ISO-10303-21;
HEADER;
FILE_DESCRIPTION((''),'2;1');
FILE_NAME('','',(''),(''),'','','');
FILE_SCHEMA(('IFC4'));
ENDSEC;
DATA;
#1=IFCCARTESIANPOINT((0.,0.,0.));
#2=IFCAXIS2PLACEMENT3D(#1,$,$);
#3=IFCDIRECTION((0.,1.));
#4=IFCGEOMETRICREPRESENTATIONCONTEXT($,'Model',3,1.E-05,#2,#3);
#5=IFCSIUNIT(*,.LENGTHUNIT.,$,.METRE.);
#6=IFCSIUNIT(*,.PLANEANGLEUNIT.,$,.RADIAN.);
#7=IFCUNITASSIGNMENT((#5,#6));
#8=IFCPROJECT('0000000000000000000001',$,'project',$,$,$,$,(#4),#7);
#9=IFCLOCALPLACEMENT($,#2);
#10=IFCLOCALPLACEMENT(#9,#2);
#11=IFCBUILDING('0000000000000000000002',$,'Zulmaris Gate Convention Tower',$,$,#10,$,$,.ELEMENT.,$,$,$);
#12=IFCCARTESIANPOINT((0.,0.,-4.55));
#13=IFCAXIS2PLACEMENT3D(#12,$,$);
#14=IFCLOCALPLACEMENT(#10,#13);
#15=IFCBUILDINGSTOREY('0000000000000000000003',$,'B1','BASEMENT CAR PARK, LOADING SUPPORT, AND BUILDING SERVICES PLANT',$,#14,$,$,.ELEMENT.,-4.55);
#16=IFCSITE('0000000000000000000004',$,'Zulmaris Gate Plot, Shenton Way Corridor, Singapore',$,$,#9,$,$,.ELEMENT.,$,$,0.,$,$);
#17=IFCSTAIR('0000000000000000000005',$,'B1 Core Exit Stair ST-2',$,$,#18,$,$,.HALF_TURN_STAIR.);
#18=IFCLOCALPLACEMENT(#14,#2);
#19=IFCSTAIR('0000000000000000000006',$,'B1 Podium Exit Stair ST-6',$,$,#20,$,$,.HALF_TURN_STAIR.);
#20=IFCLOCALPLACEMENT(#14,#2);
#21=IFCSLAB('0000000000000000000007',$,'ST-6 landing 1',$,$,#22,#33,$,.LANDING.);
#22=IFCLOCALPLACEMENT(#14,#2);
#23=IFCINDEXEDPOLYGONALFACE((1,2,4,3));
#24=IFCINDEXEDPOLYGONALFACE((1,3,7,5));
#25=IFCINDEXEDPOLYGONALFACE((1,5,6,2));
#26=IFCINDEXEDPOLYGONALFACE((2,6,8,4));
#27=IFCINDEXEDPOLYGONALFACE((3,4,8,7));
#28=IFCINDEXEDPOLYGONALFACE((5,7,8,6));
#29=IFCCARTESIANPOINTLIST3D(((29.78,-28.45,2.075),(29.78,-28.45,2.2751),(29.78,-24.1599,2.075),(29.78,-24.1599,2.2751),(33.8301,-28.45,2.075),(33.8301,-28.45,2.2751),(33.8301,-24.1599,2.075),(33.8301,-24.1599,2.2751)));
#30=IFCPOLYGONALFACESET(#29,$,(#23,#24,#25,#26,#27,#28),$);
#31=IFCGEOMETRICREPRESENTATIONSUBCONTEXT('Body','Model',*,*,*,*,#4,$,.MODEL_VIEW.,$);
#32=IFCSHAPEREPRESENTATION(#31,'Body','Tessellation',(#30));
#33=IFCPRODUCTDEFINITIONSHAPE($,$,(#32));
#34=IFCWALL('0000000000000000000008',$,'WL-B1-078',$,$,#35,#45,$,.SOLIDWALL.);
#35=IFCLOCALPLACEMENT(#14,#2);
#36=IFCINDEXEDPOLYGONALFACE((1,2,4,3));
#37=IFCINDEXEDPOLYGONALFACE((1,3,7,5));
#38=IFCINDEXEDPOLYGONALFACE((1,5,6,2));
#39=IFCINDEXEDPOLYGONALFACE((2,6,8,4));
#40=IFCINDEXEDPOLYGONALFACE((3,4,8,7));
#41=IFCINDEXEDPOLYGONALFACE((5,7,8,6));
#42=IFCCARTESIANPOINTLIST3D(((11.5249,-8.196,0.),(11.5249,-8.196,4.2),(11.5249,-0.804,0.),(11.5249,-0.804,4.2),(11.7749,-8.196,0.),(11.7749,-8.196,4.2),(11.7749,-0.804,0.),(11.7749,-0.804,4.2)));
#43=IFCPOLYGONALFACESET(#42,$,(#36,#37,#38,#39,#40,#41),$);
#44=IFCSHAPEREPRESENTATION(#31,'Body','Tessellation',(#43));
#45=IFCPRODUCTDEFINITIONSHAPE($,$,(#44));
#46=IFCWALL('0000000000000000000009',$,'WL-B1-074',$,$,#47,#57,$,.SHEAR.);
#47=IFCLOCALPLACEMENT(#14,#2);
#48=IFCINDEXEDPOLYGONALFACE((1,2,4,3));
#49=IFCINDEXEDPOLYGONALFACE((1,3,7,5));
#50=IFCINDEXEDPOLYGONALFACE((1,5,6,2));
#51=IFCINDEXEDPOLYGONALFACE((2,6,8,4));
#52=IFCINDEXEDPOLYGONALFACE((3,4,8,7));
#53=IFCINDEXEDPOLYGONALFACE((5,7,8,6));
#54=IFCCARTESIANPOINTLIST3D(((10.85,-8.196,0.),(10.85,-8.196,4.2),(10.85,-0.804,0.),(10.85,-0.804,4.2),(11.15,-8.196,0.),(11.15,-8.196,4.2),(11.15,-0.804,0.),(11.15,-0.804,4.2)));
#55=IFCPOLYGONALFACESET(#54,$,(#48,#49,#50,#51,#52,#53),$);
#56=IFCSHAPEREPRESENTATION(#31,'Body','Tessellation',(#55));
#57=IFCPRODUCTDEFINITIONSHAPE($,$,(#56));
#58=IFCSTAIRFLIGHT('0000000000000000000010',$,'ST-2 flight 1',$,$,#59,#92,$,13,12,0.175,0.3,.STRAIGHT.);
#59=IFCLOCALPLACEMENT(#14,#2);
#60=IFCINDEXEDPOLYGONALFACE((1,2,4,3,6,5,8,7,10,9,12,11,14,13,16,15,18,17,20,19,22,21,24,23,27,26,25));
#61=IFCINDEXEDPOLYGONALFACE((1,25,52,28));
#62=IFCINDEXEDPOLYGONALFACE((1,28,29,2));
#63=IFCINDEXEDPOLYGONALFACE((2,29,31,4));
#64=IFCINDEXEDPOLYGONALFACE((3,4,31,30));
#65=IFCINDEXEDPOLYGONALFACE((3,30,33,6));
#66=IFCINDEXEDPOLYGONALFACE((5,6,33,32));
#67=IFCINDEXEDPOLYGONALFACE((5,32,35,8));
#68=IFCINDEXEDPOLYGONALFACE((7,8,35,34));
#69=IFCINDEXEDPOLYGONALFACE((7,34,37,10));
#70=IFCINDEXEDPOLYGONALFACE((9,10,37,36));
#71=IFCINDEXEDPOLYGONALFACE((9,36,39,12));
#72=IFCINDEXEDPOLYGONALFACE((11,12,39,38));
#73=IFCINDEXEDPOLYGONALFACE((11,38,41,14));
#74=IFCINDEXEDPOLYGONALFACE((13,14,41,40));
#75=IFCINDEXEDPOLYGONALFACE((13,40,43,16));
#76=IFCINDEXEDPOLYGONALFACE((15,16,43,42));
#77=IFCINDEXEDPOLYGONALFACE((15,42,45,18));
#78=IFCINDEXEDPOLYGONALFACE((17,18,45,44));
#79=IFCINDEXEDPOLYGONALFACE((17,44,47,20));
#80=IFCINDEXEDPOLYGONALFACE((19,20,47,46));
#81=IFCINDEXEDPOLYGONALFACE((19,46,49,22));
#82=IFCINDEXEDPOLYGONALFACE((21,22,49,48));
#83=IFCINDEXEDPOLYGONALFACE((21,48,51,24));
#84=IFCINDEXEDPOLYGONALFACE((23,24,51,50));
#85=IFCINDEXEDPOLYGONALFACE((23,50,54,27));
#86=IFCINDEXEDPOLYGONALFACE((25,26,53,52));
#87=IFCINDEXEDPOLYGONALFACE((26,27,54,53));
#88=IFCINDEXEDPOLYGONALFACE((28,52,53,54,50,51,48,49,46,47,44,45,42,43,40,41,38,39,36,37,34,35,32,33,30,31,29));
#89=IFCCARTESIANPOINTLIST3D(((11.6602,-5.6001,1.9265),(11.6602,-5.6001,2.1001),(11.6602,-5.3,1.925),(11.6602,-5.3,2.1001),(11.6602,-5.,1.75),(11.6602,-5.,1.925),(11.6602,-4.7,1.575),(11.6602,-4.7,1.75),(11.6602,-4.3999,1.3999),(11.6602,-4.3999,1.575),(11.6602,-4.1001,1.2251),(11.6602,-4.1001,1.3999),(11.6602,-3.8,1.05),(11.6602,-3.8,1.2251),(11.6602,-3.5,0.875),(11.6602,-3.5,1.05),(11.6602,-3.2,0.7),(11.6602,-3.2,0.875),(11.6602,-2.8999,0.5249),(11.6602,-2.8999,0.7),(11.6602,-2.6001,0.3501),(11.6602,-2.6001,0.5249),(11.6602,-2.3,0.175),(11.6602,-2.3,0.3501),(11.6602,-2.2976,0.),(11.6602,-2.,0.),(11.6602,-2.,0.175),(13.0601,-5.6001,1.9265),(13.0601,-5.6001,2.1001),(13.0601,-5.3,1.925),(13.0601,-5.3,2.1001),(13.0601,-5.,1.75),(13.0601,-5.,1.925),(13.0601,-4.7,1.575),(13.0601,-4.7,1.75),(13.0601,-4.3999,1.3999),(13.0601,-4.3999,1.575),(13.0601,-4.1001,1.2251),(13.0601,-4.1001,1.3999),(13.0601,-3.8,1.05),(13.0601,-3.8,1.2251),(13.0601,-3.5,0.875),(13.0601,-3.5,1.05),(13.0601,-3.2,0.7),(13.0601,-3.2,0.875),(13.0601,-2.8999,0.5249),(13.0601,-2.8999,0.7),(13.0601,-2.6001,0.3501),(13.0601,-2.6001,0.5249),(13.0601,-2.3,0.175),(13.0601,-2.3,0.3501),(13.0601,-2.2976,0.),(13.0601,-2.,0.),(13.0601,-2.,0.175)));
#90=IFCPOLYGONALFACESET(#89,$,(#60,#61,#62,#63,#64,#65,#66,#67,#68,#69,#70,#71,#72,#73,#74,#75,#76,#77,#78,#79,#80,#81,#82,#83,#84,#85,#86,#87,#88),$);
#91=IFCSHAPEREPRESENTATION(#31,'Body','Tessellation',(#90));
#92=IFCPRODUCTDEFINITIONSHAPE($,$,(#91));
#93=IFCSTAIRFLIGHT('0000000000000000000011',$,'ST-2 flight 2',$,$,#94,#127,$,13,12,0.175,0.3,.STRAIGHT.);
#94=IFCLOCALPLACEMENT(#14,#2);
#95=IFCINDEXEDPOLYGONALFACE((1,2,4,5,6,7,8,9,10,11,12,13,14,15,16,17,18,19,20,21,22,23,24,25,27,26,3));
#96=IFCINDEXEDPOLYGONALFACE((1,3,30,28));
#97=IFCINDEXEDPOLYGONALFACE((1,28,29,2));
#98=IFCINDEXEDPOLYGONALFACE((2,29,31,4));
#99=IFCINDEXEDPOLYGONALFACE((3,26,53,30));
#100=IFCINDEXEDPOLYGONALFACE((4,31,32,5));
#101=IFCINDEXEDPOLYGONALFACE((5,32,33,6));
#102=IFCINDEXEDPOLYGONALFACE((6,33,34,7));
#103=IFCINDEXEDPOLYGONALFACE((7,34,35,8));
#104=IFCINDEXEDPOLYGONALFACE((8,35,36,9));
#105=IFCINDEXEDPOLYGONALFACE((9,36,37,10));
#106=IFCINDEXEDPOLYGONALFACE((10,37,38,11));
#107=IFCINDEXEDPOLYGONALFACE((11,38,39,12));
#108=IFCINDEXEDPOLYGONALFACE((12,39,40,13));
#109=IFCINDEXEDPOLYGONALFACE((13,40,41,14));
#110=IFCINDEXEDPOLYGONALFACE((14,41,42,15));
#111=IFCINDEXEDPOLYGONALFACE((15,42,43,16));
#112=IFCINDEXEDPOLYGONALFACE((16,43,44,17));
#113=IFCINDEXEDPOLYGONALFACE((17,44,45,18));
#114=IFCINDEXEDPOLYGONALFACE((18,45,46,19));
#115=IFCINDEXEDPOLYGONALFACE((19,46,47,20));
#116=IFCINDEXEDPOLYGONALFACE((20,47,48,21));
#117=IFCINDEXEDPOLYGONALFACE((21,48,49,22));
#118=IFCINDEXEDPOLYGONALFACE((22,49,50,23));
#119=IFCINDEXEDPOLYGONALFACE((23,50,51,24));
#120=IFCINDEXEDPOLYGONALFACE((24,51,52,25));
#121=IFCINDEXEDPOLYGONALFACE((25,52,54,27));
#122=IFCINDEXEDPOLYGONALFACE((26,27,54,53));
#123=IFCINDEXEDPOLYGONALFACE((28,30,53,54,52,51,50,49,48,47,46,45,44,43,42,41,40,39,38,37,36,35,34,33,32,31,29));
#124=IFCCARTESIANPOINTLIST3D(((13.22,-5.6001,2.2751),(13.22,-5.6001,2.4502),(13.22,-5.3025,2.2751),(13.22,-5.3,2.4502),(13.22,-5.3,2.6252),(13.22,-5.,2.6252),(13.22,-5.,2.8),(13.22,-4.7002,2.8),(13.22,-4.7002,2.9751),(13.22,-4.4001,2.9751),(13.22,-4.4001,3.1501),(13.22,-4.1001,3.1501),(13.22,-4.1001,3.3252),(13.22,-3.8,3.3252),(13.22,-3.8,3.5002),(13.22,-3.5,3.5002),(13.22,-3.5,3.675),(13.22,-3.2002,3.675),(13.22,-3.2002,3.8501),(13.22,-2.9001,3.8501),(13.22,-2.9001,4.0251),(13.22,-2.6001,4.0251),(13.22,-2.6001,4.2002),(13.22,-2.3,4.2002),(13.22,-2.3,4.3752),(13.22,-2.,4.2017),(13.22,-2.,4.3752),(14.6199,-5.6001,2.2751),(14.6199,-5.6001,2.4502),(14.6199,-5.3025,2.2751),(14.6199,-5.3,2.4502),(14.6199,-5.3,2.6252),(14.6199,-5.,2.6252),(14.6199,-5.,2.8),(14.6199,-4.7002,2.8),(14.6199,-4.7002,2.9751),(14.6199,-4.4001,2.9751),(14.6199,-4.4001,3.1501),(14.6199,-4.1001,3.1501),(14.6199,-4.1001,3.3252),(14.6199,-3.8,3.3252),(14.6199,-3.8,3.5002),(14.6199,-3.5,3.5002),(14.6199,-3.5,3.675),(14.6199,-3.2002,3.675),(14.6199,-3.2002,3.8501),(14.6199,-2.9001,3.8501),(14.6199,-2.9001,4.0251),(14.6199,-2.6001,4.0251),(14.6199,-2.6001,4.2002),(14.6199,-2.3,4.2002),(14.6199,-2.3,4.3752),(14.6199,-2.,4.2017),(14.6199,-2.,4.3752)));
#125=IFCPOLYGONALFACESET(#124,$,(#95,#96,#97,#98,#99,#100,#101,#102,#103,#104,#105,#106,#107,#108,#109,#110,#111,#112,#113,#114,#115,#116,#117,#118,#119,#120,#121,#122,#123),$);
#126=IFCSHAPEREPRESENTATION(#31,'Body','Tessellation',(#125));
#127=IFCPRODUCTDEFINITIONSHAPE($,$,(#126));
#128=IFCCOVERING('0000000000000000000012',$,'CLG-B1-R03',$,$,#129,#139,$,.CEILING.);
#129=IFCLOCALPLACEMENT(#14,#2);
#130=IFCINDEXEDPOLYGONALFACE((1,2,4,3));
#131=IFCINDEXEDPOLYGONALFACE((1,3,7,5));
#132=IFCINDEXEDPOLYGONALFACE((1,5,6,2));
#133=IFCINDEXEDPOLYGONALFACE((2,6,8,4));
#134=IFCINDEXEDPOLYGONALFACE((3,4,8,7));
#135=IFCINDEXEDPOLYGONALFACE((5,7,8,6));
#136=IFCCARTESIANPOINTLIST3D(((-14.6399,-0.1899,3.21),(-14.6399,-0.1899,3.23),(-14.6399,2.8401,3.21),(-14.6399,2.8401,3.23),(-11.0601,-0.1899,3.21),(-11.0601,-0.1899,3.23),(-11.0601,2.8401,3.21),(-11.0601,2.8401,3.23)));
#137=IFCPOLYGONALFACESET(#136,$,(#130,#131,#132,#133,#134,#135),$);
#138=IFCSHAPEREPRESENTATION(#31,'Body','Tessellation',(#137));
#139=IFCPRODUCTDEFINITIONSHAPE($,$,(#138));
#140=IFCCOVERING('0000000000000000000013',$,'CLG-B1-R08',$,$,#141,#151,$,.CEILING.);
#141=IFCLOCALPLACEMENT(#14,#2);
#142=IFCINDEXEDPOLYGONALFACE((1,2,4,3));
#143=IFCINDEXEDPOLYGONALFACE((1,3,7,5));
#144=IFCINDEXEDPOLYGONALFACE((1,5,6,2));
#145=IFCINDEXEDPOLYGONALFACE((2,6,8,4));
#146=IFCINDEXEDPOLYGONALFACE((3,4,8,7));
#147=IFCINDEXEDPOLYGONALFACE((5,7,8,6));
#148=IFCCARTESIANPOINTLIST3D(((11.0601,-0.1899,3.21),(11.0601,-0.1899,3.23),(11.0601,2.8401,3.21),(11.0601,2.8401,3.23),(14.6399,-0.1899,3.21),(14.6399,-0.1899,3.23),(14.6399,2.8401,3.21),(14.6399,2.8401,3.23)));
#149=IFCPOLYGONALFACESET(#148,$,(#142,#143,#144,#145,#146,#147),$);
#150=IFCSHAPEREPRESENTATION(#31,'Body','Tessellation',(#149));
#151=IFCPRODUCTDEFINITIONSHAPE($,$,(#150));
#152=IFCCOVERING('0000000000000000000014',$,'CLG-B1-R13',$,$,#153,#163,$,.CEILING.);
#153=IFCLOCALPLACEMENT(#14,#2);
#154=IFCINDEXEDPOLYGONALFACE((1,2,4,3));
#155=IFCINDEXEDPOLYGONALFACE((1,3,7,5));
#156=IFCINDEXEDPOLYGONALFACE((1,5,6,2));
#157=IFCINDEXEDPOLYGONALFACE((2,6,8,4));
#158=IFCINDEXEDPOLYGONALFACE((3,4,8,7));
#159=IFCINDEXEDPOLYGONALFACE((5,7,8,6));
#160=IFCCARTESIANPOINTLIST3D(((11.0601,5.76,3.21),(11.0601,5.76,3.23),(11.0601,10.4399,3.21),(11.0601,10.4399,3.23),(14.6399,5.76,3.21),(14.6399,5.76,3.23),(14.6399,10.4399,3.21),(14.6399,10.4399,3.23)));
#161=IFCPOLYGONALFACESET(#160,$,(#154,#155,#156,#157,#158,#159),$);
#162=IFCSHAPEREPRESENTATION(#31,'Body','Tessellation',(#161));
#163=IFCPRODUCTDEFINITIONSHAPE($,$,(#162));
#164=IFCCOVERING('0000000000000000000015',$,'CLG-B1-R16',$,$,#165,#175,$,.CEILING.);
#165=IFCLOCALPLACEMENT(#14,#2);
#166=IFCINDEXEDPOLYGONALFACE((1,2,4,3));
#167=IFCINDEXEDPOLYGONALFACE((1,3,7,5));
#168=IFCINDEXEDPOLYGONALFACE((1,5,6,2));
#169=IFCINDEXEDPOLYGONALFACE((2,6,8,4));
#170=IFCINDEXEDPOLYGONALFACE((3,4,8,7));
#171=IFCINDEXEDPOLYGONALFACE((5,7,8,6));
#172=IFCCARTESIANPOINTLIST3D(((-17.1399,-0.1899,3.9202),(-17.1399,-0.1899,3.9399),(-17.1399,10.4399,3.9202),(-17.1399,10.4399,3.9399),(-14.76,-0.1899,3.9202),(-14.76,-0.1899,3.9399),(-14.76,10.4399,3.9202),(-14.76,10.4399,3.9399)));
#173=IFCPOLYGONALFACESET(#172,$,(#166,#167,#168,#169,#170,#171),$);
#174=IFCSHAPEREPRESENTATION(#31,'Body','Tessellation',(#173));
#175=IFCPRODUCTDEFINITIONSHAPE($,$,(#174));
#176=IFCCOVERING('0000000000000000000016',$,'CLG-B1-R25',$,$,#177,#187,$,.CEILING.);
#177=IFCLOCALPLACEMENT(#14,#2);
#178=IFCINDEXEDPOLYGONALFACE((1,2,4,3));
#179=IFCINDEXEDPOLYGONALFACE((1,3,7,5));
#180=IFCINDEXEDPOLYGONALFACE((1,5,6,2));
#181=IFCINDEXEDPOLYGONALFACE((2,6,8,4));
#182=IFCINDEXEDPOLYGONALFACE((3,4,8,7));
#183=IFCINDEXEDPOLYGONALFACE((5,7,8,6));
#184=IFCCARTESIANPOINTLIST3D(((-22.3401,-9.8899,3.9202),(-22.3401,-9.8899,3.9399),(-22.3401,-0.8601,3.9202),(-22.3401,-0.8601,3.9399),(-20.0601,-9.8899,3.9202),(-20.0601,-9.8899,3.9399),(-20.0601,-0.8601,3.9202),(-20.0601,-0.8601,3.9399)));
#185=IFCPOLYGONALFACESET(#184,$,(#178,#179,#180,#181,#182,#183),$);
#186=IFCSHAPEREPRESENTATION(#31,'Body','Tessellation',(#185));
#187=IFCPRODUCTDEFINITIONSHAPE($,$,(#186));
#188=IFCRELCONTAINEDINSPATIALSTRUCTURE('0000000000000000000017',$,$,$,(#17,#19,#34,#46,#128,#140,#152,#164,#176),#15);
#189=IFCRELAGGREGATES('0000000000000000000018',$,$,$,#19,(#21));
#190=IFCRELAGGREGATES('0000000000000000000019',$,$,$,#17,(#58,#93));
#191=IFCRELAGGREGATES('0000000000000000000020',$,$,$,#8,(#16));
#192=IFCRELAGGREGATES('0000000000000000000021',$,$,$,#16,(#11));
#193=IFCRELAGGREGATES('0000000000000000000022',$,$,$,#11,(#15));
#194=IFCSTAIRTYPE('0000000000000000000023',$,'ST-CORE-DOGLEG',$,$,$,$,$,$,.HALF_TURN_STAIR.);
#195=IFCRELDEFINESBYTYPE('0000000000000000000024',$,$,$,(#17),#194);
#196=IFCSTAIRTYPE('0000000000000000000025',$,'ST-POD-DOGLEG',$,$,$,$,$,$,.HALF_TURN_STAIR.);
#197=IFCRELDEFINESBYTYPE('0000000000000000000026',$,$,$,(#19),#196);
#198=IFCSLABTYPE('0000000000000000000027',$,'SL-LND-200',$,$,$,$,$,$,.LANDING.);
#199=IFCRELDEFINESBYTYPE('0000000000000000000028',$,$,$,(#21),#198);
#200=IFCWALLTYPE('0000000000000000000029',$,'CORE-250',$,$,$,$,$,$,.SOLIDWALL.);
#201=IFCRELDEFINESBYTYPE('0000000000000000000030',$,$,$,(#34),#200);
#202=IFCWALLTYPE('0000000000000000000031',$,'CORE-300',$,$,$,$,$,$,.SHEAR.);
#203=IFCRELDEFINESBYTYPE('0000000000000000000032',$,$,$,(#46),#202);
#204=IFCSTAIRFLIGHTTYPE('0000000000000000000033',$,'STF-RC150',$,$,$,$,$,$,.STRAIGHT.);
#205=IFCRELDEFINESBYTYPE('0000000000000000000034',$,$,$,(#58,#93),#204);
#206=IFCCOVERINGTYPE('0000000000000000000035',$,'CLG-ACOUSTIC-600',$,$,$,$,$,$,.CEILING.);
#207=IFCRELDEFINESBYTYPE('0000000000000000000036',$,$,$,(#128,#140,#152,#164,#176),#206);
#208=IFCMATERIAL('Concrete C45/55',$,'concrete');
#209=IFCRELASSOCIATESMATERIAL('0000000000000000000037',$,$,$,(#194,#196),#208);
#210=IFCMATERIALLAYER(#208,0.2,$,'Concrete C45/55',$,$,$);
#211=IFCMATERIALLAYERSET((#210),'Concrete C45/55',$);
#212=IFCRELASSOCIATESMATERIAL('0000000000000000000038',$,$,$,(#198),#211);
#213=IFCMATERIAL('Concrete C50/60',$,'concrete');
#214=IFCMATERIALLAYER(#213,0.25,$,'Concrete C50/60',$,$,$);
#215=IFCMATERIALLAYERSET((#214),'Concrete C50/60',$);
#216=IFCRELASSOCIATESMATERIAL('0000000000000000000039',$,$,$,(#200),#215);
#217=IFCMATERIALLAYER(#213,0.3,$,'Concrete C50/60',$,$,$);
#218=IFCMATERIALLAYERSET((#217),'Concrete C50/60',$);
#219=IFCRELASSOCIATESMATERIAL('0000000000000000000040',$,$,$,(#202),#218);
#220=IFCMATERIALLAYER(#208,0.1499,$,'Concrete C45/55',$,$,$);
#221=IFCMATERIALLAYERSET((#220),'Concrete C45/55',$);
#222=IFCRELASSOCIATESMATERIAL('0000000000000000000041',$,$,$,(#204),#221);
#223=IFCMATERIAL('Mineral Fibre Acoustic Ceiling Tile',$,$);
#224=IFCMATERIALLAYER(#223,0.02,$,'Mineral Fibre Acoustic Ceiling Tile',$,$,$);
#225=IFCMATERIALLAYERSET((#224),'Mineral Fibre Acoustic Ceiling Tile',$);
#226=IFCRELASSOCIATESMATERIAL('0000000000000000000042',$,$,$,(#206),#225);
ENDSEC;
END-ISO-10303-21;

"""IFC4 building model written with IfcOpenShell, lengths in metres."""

from ifc_helpers import new_model, si_unit, direction, frame, frame_2d, origin, place, context, subcontext, project, spatial, polyline, rectangle, outline, extrude, material, layer, layer_set, type_object, element, aggregate, save


model = new_model("IFC4")

# Units and contexts
model_context = context("Model", 3, precision=1e-05, world=origin(), true_north=direction((0.0, 1.0)))
body_context = subcontext(model_context, "Body", "Model", "MODEL_VIEW")
ifc_project = project(units=[si_unit("LENGTHUNIT", "METRE"), si_unit("PLANEANGLEUNIT", "RADIAN")], contexts=[model_context])

# Site, building, storey
site_placement = place(None, origin())
site = spatial("IfcSite", under=ifc_project, at=site_placement, Name="Zulmaris Gate Plot, Shenton Way Corridor, Singapore", CompositionType="ELEMENT", RefElevation=0.0)
building_placement = place(site_placement, origin())
building = spatial("IfcBuilding", under=site, at=building_placement, Name="Zulmaris Gate Convention Tower", CompositionType="ELEMENT")
storey_placement = place(building_placement, frame((0.0, 0.0, -4.55)))
storey = spatial("IfcBuildingStorey", under=building, at=storey_placement, Name="B1", Description="BASEMENT CAR PARK, LOADING SUPPORT, AND BUILDING SERVICES PLANT", CompositionType="ELEMENT", Elevation=-4.55)

# Stairs, slab
ifc_material_1 = material(Name="Concrete C45/55", Category="concrete")
stair_type_1 = type_object("IfcStairType", Name="ST-CORE-DOGLEG", PredefinedType="HALF_TURN_STAIR", material=ifc_material_1)
ifc_layer_1 = layer(ifc_material_1, 0.2, Name="Concrete C45/55")
ifc_layer_set_1 = layer_set([ifc_layer_1], Name="Concrete C45/55")
slab_type = type_object("IfcSlabType", Name="SL-LND-200", PredefinedType="LANDING", material=ifc_layer_set_1)
stair_1_placement = place(storey_placement, origin())
stair_1 = element("IfcStair", 1, at=stair_1_placement, inside=storey, type_object=stair_type_1, Name="B1 Core Exit Stair ST-2", PredefinedType="HALF_TURN_STAIR")
stair_type_2 = type_object("IfcStairType", Name="ST-POD-DOGLEG", PredefinedType="HALF_TURN_STAIR", material=ifc_material_1)
stair_2_placement = place(storey_placement, origin())
stair_2 = element("IfcStair", 2, at=stair_2_placement, inside=storey, type_object=stair_type_2, Name="B1 Podium Exit Stair ST-6", PredefinedType="HALF_TURN_STAIR")
slab_1_placement = place(storey_placement, frame((0.0, 0.0, 2.075)))
slab_1 = element("IfcSlab", 3, at=slab_1_placement, type_object=slab_type, Name="ST-6 landing 1", PredefinedType="LANDING", context=body_context, shape_type="SweptSolid", body=[
    extrude(outline(polyline([(29.78, -24.1599), (29.78, -28.45), (33.8301, -28.45), (33.8301, -24.1599), (29.78, -24.1599)])), origin(), (0.0, 0.0, 1.0), 0.2002),
])
aggregate(stair_2, [slab_1])

# Wall
ifc_material_2 = material(Name="Concrete C50/60", Category="concrete")
ifc_layer_2 = layer(ifc_material_2, 0.25, Name="Concrete C50/60")
ifc_layer_set_2 = layer_set([ifc_layer_2], Name="Concrete C50/60")
wall_type_1 = type_object("IfcWallType", Name="CORE-250", PredefinedType="SOLIDWALL", material=ifc_layer_set_2)
wall_1_placement = place(storey_placement, frame((11.6499, -8.196, 0.0), z_axis=(0.0, 0.0, 1.0), x_axis=(0.0, 1.0, 0.0)))
element("IfcWall", 4, at=wall_1_placement, inside=storey, type_object=wall_type_1, Name="WL-B1-078", PredefinedType="SOLIDWALL", context=body_context, shape_type="SweptSolid", body=[
    extrude(rectangle(XDim=7.3921, YDim=0.25, at=frame_2d((3.696, 0.0))), origin(), (0.0, 0.0, 1.0), 4.2),
])

# Shared definitions
ifc_layer_3 = layer(ifc_material_2, 0.3, Name="Concrete C50/60")
ifc_layer_set_3 = layer_set([ifc_layer_3], Name="Concrete C50/60")
wall_type_2 = type_object("IfcWallType", Name="CORE-300", PredefinedType="SHEAR", material=ifc_layer_set_3)

# Wall
wall_2_placement = place(storey_placement, frame((11.0, -8.196, 0.0), z_axis=(0.0, 0.0, 1.0), x_axis=(0.0, 1.0, 0.0)))
element("IfcWall", 5, at=wall_2_placement, inside=storey, type_object=wall_type_2, Name="WL-B1-074", PredefinedType="SHEAR", context=body_context, shape_type="SweptSolid", body=[
    extrude(rectangle(XDim=7.3921, YDim=0.3, at=frame_2d((3.696, 0.0))), origin(), (0.0, 0.0, 1.0), 4.2),
])

# Stair flights
ifc_layer_4 = layer(ifc_material_1, 0.1499, Name="Concrete C45/55")
ifc_layer_set_4 = layer_set([ifc_layer_4], Name="Concrete C45/55")
stair_flight_type = type_object("IfcStairFlightType", Name="STF-RC150", PredefinedType="STRAIGHT", material=ifc_layer_set_4)
stair_flight_1_placement = place(storey_placement, frame((12.3601, -2.0, 0.0), z_axis=(0.0, 0.0, 1.0), x_axis=(0.0, -1.0, 0.0)))
stair_flight_1 = element("IfcStairFlight", 6, at=stair_flight_1_placement, type_object=stair_flight_type, Name="ST-2 flight 1", NumberOfRisers=13, NumberOfTreads=12, PredefinedType="STRAIGHT", RiserHeight=0.175, TreadLength=0.3, context=body_context, shape_type="SweptSolid", body=[
    extrude(outline(polyline([(0.0, 0.0), (0.0, 0.175), (0.3, 0.175), (0.3, 0.3501), (0.6001, 0.3501), (0.6001, 0.5249), (0.8999, 0.5249), (0.8999, 0.7), (1.2, 0.7), (1.2, 0.875), (1.5, 0.875), (1.5, 1.05), (1.8, 1.05), (1.8, 1.2251), (2.1001, 1.2251), (2.1001, 1.3999), (2.3999, 1.3999), (2.3999, 1.575), (2.7, 1.575), (2.7, 1.75), (3.0, 1.75), (3.0, 1.925), (3.3, 1.925), (3.3, 2.1001), (3.6001, 2.1001), (3.6001, 2.2749), (3.6001, 1.9265), (0.2976, 0.0), (0.0, 0.0)])), frame((0.0, 0.7, 0.0), z_axis=(0.0, -1.0, 0.0), x_axis=(1.0, 0.0, 0.0)), (0.0, 0.0, 1.0), 1.3999),
])
stair_flight_2_placement = place(storey_placement, frame((13.9199, -5.6001, 2.2751), z_axis=(0.0, 0.0, 1.0), x_axis=(0.0, 1.0, 0.0)))
stair_flight_2 = element("IfcStairFlight", 7, at=stair_flight_2_placement, type_object=stair_flight_type, Name="ST-2 flight 2", NumberOfRisers=13, NumberOfTreads=12, PredefinedType="STRAIGHT", RiserHeight=0.175, TreadLength=0.3, context=body_context, shape_type="SweptSolid", body=[
    extrude(outline(polyline([(0.0, 0.0), (0.0, 0.175), (0.3, 0.175), (0.3, 0.3501), (0.6001, 0.3501), (0.6001, 0.5249), (0.8999, 0.5249), (0.8999, 0.7), (1.2, 0.7), (1.2, 0.875), (1.5, 0.875), (1.5, 1.05), (1.8, 1.05), (1.8, 1.2251), (2.1001, 1.2251), (2.1001, 1.3999), (2.3999, 1.3999), (2.3999, 1.575), (2.7, 1.575), (2.7, 1.75), (3.0, 1.75), (3.0, 1.925), (3.3, 1.925), (3.3, 2.1001), (3.6001, 2.1001), (3.6001, 2.2749), (3.6001, 1.9265), (0.2976, 0.0), (0.0, 0.0)])), frame((0.0, 0.7, 0.0), z_axis=(0.0, -1.0, 0.0), x_axis=(1.0, 0.0, 0.0)), (0.0, 0.0, 1.0), 1.3999),
])
aggregate(stair_1, [stair_flight_1, stair_flight_2])

# Coverings
ifc_material_3 = material(Name="Mineral Fibre Acoustic Ceiling Tile")
ifc_layer_5 = layer(ifc_material_3, 0.02, Name="Mineral Fibre Acoustic Ceiling Tile")
ifc_layer_set_5 = layer_set([ifc_layer_5], Name="Mineral Fibre Acoustic Ceiling Tile")
covering_type_1 = type_object("IfcCoveringType", Name="CLG-ACOUSTIC-600", PredefinedType="CEILING", material=ifc_layer_set_5)
covering_1_placement = place(storey_placement, frame((0.0, 0.0, 3.21)))
element("IfcCovering", 8, at=covering_1_placement, inside=storey, type_object=covering_type_1, Name="CLG-B1-R03", PredefinedType="CEILING", context=body_context, shape_type="SweptSolid", body=[
    extrude(outline(polyline([(-14.6399, -0.1899), (-11.0601, -0.1899), (-11.0601, 2.8401), (-14.6399, 2.8401), (-14.6399, -0.1899)])), origin(), (0.0, 0.0, 1.0), 0.02),
])
covering_2_placement = place(storey_placement, frame((0.0, 0.0, 3.21)))
element("IfcCovering", 9, at=covering_2_placement, inside=storey, type_object=covering_type_1, Name="CLG-B1-R08", PredefinedType="CEILING", context=body_context, shape_type="SweptSolid", body=[
    extrude(outline(polyline([(11.0601, -0.1899), (14.6399, -0.1899), (14.6399, 2.8401), (11.0601, 2.8401), (11.0601, -0.1899)])), origin(), (0.0, 0.0, 1.0), 0.02),
])
covering_3_placement = place(storey_placement, frame((0.0, 0.0, 3.21)))
element("IfcCovering", 10, at=covering_3_placement, inside=storey, type_object=covering_type_1, Name="CLG-B1-R13", PredefinedType="CEILING", context=body_context, shape_type="SweptSolid", body=[
    extrude(outline(polyline([(11.0601, 5.76), (14.6399, 5.76), (14.6399, 10.4399), (11.0601, 10.4399), (11.0601, 5.76)])), origin(), (0.0, 0.0, 1.0), 0.02),
])
covering_4_placement = place(storey_placement, frame((0.0, 0.0, 3.9202)))
element("IfcCovering", 11, at=covering_4_placement, inside=storey, type_object=covering_type_1, Name="CLG-B1-R16", PredefinedType="CEILING", context=body_context, shape_type="SweptSolid", body=[
    extrude(outline(polyline([(-17.1399, -0.1899), (-14.76, -0.1899), (-14.76, 10.4399), (-17.1399, 10.4399), (-17.1399, -0.1899)])), origin(), (0.0, 0.0, 1.0), 0.0198),
])
covering_5_placement = place(storey_placement, frame((0.0, 0.0, 3.9202)))
element("IfcCovering", 12, at=covering_5_placement, inside=storey, type_object=covering_type_1, Name="CLG-B1-R25", PredefinedType="CEILING", context=body_context, shape_type="SweptSolid", body=[
    extrude(outline(polyline([(-22.3401, -9.8899), (-20.0601, -9.8899), (-20.0601, -0.8601), (-22.3401, -0.8601), (-22.3401, -9.8899)])), origin(), (0.0, 0.0, 1.0), 0.0198),
])

save(model, "model.ifc")
